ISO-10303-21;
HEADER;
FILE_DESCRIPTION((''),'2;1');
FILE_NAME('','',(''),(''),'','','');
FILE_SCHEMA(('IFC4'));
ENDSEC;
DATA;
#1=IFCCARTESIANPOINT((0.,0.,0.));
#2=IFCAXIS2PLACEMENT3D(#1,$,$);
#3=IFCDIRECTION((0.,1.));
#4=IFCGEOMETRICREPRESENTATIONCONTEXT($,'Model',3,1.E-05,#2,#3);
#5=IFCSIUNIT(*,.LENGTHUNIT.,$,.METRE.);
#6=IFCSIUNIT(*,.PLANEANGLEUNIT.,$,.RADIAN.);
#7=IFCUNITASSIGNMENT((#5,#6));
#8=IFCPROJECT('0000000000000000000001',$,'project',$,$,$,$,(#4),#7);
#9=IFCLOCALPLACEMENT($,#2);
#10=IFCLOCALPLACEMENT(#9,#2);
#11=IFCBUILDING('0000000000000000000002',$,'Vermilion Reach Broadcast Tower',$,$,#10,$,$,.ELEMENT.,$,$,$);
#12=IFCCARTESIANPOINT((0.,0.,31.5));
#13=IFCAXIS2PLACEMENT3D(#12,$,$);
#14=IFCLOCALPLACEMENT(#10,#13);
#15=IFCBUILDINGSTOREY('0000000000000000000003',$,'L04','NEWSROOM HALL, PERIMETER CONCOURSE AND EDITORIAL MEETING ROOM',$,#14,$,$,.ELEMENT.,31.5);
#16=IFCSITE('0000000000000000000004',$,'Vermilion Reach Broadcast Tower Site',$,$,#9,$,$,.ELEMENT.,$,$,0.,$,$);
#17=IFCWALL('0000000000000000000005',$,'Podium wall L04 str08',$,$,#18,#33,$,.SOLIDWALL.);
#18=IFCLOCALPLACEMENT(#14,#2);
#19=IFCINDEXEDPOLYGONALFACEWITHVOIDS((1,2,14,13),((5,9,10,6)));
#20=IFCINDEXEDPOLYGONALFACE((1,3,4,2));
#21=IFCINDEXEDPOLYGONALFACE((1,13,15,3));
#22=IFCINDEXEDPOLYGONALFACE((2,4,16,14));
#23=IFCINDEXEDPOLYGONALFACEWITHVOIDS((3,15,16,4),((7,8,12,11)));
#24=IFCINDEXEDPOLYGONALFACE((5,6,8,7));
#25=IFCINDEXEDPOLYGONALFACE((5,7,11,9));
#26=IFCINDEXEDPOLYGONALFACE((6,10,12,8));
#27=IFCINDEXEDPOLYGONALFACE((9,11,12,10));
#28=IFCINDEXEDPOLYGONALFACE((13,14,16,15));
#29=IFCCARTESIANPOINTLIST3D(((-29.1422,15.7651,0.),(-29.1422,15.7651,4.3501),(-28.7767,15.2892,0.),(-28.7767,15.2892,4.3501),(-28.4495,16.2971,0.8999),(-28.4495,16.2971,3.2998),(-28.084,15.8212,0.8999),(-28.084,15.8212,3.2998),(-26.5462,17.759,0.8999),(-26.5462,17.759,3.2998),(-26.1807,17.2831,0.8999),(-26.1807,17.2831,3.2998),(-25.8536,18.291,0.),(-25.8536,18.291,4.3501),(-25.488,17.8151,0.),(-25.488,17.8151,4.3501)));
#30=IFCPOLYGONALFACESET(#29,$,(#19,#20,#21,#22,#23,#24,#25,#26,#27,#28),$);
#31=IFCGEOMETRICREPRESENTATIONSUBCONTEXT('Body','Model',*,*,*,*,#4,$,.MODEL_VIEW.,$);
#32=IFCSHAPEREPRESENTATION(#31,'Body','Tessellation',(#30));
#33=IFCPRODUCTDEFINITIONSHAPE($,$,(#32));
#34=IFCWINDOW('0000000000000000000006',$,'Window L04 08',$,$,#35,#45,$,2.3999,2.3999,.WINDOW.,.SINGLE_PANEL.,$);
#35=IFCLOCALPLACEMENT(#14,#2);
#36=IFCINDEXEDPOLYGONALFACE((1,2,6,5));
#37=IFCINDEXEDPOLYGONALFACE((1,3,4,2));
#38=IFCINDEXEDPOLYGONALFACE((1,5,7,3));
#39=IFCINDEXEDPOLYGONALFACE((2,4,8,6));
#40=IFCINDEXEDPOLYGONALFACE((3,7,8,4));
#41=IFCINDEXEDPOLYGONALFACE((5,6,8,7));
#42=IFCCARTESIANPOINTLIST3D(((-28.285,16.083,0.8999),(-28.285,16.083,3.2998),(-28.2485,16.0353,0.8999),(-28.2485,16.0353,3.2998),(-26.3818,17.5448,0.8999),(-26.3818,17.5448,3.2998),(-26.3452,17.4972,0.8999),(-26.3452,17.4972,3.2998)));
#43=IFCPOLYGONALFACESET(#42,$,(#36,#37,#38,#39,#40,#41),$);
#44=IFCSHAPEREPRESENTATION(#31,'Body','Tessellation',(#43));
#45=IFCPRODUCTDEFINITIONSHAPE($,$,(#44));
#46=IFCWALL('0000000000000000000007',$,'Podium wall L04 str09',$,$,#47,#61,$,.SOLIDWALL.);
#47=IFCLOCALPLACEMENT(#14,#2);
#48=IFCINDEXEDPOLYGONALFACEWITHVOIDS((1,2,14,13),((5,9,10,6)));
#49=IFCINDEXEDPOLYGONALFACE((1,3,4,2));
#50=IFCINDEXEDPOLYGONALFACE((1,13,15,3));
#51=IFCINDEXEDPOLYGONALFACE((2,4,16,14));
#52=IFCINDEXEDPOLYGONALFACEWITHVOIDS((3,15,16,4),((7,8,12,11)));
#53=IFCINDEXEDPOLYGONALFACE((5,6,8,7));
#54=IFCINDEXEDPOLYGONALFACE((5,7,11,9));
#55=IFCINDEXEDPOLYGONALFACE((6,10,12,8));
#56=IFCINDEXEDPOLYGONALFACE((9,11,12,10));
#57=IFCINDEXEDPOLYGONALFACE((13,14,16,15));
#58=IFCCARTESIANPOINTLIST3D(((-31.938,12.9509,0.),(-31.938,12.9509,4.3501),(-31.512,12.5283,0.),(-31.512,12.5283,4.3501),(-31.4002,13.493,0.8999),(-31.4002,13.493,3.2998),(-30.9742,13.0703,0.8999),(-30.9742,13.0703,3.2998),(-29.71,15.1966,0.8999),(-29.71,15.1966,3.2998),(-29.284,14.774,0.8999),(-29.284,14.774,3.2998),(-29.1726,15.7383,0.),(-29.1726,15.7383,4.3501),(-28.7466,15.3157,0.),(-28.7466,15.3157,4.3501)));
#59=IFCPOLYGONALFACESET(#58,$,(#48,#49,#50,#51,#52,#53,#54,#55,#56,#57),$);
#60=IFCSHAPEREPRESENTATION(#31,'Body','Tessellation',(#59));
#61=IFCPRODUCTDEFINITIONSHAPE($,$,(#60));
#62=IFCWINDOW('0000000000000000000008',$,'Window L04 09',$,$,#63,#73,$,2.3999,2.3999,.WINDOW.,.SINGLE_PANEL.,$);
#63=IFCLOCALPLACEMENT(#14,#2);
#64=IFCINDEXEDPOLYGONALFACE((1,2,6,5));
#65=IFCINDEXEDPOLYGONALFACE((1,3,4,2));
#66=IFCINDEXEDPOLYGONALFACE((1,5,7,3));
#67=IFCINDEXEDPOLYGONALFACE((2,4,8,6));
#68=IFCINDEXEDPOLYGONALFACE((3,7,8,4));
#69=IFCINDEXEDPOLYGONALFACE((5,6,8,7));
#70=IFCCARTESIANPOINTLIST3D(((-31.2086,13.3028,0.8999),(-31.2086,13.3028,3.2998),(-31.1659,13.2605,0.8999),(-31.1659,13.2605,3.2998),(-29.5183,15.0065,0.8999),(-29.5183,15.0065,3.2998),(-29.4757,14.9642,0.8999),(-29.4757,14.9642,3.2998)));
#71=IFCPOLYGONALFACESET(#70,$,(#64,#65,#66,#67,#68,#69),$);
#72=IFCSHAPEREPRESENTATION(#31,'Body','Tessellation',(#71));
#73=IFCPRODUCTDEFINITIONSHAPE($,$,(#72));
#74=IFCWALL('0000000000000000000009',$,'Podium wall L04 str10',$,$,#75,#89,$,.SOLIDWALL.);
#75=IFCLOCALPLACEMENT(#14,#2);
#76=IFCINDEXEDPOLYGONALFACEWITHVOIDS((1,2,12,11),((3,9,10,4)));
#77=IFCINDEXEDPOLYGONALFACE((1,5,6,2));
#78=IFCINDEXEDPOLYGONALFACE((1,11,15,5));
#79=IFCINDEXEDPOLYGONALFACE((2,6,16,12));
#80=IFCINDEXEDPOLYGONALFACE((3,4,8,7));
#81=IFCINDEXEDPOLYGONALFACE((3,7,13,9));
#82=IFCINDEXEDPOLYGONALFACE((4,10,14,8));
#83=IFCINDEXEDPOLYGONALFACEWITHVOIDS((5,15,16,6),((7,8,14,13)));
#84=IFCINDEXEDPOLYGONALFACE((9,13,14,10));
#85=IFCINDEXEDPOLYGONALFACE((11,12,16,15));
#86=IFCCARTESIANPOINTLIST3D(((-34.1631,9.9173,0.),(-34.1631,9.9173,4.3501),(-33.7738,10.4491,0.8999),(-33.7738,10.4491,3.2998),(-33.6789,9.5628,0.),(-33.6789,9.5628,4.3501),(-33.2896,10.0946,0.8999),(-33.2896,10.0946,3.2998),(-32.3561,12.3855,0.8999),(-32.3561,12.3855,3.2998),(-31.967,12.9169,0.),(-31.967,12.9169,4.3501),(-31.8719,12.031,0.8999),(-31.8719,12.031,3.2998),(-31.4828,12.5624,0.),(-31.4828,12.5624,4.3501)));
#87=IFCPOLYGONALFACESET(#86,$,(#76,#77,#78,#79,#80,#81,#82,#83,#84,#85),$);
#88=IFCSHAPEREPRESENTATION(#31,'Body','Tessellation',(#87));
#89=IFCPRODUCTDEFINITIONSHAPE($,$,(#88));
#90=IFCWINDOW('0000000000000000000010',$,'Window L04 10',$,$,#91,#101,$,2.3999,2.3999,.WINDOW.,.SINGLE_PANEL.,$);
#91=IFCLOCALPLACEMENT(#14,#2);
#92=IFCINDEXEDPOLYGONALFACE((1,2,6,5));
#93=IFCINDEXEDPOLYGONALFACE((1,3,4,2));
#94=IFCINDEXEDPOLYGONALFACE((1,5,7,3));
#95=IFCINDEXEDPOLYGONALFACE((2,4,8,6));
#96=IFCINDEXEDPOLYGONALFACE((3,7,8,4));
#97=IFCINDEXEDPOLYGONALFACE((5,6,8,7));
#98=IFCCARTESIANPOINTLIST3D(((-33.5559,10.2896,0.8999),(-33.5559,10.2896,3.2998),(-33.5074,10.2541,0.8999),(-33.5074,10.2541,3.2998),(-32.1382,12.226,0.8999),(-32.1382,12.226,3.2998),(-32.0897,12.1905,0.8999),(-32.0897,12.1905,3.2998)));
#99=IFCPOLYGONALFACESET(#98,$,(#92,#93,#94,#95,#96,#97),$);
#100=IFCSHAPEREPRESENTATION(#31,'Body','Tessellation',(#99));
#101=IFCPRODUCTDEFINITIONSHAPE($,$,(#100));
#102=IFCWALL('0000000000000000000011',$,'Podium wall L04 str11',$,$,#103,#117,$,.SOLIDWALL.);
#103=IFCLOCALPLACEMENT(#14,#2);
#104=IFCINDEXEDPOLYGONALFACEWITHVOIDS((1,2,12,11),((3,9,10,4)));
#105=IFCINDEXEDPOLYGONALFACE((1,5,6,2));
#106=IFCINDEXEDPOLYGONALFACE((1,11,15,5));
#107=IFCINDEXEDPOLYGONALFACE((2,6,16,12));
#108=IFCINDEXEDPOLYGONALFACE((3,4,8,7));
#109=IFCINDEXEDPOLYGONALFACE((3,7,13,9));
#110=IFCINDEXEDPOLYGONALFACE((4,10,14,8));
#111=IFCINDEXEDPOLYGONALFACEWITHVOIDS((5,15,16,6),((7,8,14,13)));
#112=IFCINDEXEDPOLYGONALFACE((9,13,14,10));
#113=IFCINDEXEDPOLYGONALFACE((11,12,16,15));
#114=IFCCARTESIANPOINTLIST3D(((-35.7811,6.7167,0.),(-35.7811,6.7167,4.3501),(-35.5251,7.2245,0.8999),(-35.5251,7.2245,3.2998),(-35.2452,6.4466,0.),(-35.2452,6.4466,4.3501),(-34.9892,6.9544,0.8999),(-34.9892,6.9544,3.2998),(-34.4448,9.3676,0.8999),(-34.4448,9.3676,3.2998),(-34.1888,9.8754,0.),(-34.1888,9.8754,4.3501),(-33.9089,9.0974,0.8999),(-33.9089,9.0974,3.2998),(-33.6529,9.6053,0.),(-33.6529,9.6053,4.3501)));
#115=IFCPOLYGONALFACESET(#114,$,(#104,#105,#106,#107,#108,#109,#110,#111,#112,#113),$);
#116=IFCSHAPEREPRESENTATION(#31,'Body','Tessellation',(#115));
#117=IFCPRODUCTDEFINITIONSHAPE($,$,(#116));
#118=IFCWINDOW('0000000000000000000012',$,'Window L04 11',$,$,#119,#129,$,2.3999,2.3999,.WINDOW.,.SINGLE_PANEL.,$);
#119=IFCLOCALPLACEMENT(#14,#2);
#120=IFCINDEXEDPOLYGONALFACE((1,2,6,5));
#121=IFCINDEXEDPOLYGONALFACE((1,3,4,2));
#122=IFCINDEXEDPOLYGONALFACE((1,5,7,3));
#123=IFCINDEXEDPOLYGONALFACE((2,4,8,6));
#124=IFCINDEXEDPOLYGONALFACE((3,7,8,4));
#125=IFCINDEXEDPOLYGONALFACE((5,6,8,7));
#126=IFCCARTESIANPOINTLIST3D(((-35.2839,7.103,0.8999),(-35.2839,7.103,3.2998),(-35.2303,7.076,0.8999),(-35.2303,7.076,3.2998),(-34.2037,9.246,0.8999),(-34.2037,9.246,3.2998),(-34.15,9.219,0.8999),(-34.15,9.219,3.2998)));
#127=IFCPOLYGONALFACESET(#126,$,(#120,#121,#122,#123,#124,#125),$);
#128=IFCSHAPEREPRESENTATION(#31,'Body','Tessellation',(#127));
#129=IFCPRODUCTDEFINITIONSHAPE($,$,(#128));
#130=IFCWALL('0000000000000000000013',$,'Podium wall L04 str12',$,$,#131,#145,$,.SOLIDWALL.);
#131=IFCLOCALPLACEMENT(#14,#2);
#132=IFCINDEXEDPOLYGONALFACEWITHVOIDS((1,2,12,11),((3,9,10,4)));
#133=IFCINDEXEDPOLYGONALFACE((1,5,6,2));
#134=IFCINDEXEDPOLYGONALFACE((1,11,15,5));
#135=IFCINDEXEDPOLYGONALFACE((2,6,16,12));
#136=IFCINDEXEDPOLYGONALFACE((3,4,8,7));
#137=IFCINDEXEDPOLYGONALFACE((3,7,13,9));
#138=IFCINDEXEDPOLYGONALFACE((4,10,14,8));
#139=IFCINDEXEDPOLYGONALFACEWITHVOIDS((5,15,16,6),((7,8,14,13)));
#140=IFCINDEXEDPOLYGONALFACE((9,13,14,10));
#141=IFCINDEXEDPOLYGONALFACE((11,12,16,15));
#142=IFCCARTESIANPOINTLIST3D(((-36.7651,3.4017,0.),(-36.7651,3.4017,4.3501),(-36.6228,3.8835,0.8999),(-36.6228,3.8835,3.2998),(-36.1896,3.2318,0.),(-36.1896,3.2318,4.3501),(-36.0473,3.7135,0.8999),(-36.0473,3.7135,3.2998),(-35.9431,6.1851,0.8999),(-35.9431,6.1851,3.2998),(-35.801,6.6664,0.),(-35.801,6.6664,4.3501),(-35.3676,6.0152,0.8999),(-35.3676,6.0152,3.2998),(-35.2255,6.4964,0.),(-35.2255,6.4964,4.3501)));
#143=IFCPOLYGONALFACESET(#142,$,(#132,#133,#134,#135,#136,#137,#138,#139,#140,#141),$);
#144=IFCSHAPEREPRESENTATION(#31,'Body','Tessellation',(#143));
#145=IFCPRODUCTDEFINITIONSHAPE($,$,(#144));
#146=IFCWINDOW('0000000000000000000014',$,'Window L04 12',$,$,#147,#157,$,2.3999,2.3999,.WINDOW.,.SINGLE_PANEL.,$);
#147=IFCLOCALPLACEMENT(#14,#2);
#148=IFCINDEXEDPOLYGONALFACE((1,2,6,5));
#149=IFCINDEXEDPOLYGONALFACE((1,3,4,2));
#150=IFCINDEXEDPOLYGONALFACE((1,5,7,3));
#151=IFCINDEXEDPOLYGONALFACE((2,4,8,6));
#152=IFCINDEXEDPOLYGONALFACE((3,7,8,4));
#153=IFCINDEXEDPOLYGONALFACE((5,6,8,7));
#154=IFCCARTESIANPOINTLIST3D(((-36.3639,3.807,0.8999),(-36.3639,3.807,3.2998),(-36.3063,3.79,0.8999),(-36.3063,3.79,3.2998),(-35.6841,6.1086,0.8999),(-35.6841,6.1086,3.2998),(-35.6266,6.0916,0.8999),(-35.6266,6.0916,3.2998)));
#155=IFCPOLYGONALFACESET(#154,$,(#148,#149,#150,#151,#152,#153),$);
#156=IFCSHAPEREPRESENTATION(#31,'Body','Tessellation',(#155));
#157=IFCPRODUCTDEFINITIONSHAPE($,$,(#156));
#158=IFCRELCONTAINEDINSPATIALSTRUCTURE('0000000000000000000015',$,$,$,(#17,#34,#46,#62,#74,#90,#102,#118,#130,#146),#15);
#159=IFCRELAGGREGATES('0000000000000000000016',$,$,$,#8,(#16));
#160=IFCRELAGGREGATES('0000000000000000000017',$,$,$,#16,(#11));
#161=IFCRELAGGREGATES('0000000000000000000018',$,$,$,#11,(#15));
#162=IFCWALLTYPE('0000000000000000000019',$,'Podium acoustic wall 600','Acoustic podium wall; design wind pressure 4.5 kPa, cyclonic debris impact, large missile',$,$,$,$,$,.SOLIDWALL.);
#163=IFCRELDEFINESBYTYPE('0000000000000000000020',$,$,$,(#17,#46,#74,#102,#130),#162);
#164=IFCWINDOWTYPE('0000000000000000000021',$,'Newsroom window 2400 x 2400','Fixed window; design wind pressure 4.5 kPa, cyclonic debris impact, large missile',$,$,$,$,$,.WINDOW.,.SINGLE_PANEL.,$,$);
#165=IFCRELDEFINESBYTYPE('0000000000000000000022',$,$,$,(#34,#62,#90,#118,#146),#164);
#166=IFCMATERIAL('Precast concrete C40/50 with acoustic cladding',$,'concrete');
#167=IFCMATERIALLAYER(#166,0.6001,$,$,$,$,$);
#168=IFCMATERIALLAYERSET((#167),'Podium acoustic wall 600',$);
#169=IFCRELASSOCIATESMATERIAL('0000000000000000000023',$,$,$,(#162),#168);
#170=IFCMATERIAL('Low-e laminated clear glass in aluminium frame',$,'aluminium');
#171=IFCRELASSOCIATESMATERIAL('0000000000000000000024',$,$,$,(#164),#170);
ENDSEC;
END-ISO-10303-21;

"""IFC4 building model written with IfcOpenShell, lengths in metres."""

from ifc_helpers import new_model, si_unit, direction, frame, frame_2d, origin, place, context, subcontext, project, spatial, rectangle, extrude, material, layer, layer_set, type_object, element, fill, save


model = new_model("IFC4")

# Units and contexts
model_context = context("Model", 3, precision=1e-05, world=origin(), true_north=direction((0.0, 1.0)))
body_context = subcontext(model_context, "Body", "Model", "MODEL_VIEW")
ifc_project = project(units=[si_unit("LENGTHUNIT", "METRE"), si_unit("PLANEANGLEUNIT", "RADIAN")], contexts=[model_context])

# Site, building, storey
site_placement = place(None, origin())
site = spatial("IfcSite", under=ifc_project, at=site_placement, Name="Vermilion Reach Broadcast Tower Site", CompositionType="ELEMENT", RefElevation=0.0)
building_placement = place(site_placement, origin())
building = spatial("IfcBuilding", under=site, at=building_placement, Name="Vermilion Reach Broadcast Tower", CompositionType="ELEMENT")
storey_placement = place(building_placement, frame((0.0, 0.0, 31.5)))
storey = spatial("IfcBuildingStorey", under=building, at=storey_placement, Name="L04", Description="NEWSROOM HALL, PERIMETER CONCOURSE AND EDITORIAL MEETING ROOM", CompositionType="ELEMENT", Elevation=31.5)

# Walls, openings, windows
ifc_material_1 = material(Name="Precast concrete C40/50 with acoustic cladding", Category="concrete")
ifc_layer_1 = layer(ifc_material_1, 0.6001)
ifc_layer_set_1 = layer_set([ifc_layer_1], Name="Podium acoustic wall 600")
wall_type_1 = type_object("IfcWallType", Name="Podium acoustic wall 600", Description="Acoustic podium wall; design wind pressure 4.5 kPa, cyclonic debris impact, large missile", PredefinedType="SOLIDWALL", material=ifc_layer_set_1)
wall_1_placement = place(storey_placement, frame((-25.6709, 18.053, 0.0), z_axis=(0.0, 0.0, 1.0), x_axis=(-0.793066, -0.609136, 0.0)))
wall_1 = element("IfcWall", 1, at=wall_1_placement, inside=storey, type_object=wall_type_1, Name="Podium wall L04 str08", PredefinedType="SOLIDWALL", context=body_context, shape_type="SweptSolid", body=[
    extrude(rectangle(XDim=4.1467, YDim=0.6001, at=frame_2d((2.0732, 0.0))), origin(), (0.0, 0.0, 1.0), 4.3501),
])
opening_1_placement = place(wall_1_placement, frame((0.8733, 0.0, 0.8999)))
opening_1 = element("IfcOpeningElement", 2, at=opening_1_placement, cuts=wall_1, PredefinedType="OPENING", context=body_context, shape_type="SweptSolid", body=[
    extrude(rectangle(XDim=2.3999, YDim=2.3999, at=frame_2d((1.2, 1.2))), frame((0.0, 0.3101, 0.0), z_axis=(0.0, -1.0, 0.0), x_axis=(1.0, 0.0, 0.0)), (0.0, 0.0, 1.0), 0.6201),
])
ifc_material_2 = material(Name="Low-e laminated clear glass in aluminium frame", Category="aluminium")
window_type = type_object("IfcWindowType", Name="Newsroom window 2400 x 2400", Description="Fixed window; design wind pressure 4.5 kPa, cyclonic debris impact, large missile", PartitioningType="SINGLE_PANEL", PredefinedType="WINDOW", material=ifc_material_2)
window_1_placement = place(opening_1_placement, origin())
window_1 = element("IfcWindow", 3, at=window_1_placement, inside=storey, type_object=window_type, Name="Window L04 08", OverallHeight=2.3999, OverallWidth=2.3999, PartitioningType="SINGLE_PANEL", PredefinedType="WINDOW", context=body_context, shape_type="SweptSolid", body=[
    extrude(rectangle(XDim=2.3999, YDim=2.3999, at=frame_2d((1.2, 1.2))), frame((0.0, 0.03, 0.0), z_axis=(0.0, -1.0, 0.0), x_axis=(1.0, 0.0, 0.0)), (0.0, 0.0, 1.0), 0.0601),
])
fill(opening_1, window_1)
wall_2_placement = place(storey_placement, frame((-28.9595, 15.5271, 0.0), z_axis=(0.0, 0.0, 1.0), x_axis=(-0.704303, -0.709899, 0.0)))
wall_2 = element("IfcWall", 4, at=wall_2_placement, inside=storey, type_object=wall_type_1, Name="Podium wall L04 str09", PredefinedType="SOLIDWALL", context=body_context, shape_type="SweptSolid", body=[
    extrude(rectangle(XDim=3.9265, YDim=0.6001, at=frame_2d((1.9634, 0.0))), origin(), (0.0, 0.0, 1.0), 4.3501),
])
opening_2_placement = place(wall_2_placement, frame((0.7632, 0.0, 0.8999)))
opening_2 = element("IfcOpeningElement", 5, at=opening_2_placement, cuts=wall_2, PredefinedType="OPENING", context=body_context, shape_type="SweptSolid", body=[
    extrude(rectangle(XDim=2.3999, YDim=2.3999, at=frame_2d((1.2, 1.2))), frame((0.0, 0.3101, 0.0), z_axis=(0.0, -1.0, 0.0), x_axis=(1.0, 0.0, 0.0)), (0.0, 0.0, 1.0), 0.6201),
])
window_2_placement = place(opening_2_placement, origin())
window_2 = element("IfcWindow", 6, at=window_2_placement, inside=storey, type_object=window_type, Name="Window L04 09", OverallHeight=2.3999, OverallWidth=2.3999, PartitioningType="SINGLE_PANEL", PredefinedType="WINDOW", context=body_context, shape_type="SweptSolid", body=[
    extrude(rectangle(XDim=2.3999, YDim=2.3999, at=frame_2d((1.2, 1.2))), frame((0.0, 0.03, 0.0), z_axis=(0.0, -1.0, 0.0), x_axis=(1.0, 0.0, 0.0)), (0.0, 0.0, 1.0), 0.0601),
])
fill(opening_2, window_2)
wall_3_placement = place(storey_placement, frame((-31.7249, 12.7397, 0.0), z_axis=(0.0, 0.0, 1.0), x_axis=(-0.590734, -0.806866, 0.0)))
wall_3 = element("IfcWall", 7, at=wall_3_placement, inside=storey, type_object=wall_type_1, Name="Podium wall L04 str10", PredefinedType="SOLIDWALL", context=body_context, shape_type="SweptSolid", body=[
    extrude(rectangle(XDim=3.7175, YDim=0.6001, at=frame_2d((1.8589, 0.0))), origin(), (0.0, 0.0, 1.0), 4.3501),
])
opening_3_placement = place(wall_3_placement, frame((0.6587, 0.0, 0.8999)))
opening_3 = element("IfcOpeningElement", 8, at=opening_3_placement, cuts=wall_3, PredefinedType="OPENING", context=body_context, shape_type="SweptSolid", body=[
    extrude(rectangle(XDim=2.3999, YDim=2.3999, at=frame_2d((1.2, 1.2))), frame((0.0, 0.3101, 0.0), z_axis=(0.0, -1.0, 0.0), x_axis=(1.0, 0.0, 0.0)), (0.0, 0.0, 1.0), 0.6201),
])
window_3_placement = place(opening_3_placement, origin())
window_3 = element("IfcWindow", 9, at=window_3_placement, inside=storey, type_object=window_type, Name="Window L04 10", OverallHeight=2.3999, OverallWidth=2.3999, PartitioningType="SINGLE_PANEL", PredefinedType="WINDOW", context=body_context, shape_type="SweptSolid", body=[
    extrude(rectangle(XDim=2.3999, YDim=2.3999, at=frame_2d((1.2, 1.2))), frame((0.0, 0.03, 0.0), z_axis=(0.0, -1.0, 0.0), x_axis=(1.0, 0.0, 0.0)), (0.0, 0.0, 1.0), 0.0601),
])
fill(opening_3, window_3)
wall_4_placement = place(storey_placement, frame((-33.9209, 9.7402, 0.0), z_axis=(0.0, 0.0, 1.0), x_axis=(-0.450138, -0.892959, 0.0)))
wall_4 = element("IfcWall", 10, at=wall_4_placement, inside=storey, type_object=wall_type_1, Name="Podium wall L04 str11", PredefinedType="SOLIDWALL", context=body_context, shape_type="SweptSolid", body=[
    extrude(rectangle(XDim=3.5374, YDim=0.6001, at=frame_2d((1.7686, 0.0))), origin(), (0.0, 0.0, 1.0), 4.3501),
])
opening_4_placement = place(wall_4_placement, frame((0.5686, 0.0, 0.8999)))
opening_4 = element("IfcOpeningElement", 11, at=opening_4_placement, cuts=wall_4, PredefinedType="OPENING", context=body_context, shape_type="SweptSolid", body=[
    extrude(rectangle(XDim=2.3999, YDim=2.3999, at=frame_2d((1.2, 1.2))), frame((0.0, 0.3101, 0.0), z_axis=(0.0, -1.0, 0.0), x_axis=(1.0, 0.0, 0.0)), (0.0, 0.0, 1.0), 0.6201),
])
window_4_placement = place(opening_4_placement, origin())
window_4 = element("IfcWindow", 12, at=window_4_placement, inside=storey, type_object=window_type, Name="Window L04 11", OverallHeight=2.3999, OverallWidth=2.3999, PartitioningType="SINGLE_PANEL", PredefinedType="WINDOW", context=body_context, shape_type="SweptSolid", body=[
    extrude(rectangle(XDim=2.3999, YDim=2.3999, at=frame_2d((1.2, 1.2))), frame((0.0, 0.03, 0.0), z_axis=(0.0, -1.0, 0.0), x_axis=(1.0, 0.0, 0.0)), (0.0, 0.0, 1.0), 0.0601),
])
fill(opening_4, window_4)
wall_5_placement = place(storey_placement, frame((-35.5132, 6.5815, 0.0), z_axis=(0.0, 0.0, 1.0), x_axis=(-0.283226, -0.959053, 0.0)))
wall_5 = element("IfcWall", 13, at=wall_5_placement, inside=storey, type_object=wall_type_1, Name="Podium wall L04 str12", PredefinedType="SOLIDWALL", context=body_context, shape_type="SweptSolid", body=[
    extrude(rectangle(XDim=3.4041, YDim=0.6001, at=frame_2d((1.7021, 0.0))), origin(), (0.0, 0.0, 1.0), 4.3501),
])
opening_5_placement = place(wall_5_placement, frame((0.502, 0.0, 0.8999)))
opening_5 = element("IfcOpeningElement", 14, at=opening_5_placement, cuts=wall_5, PredefinedType="OPENING", context=body_context, shape_type="SweptSolid", body=[
    extrude(rectangle(XDim=2.3999, YDim=2.3999, at=frame_2d((1.2, 1.2))), frame((0.0, 0.3101, 0.0), z_axis=(0.0, -1.0, 0.0), x_axis=(1.0, 0.0, 0.0)), (0.0, 0.0, 1.0), 0.6201),
])
window_5_placement = place(opening_5_placement, origin())
window_5 = element("IfcWindow", 15, at=window_5_placement, inside=storey, type_object=window_type, Name="Window L04 12", OverallHeight=2.3999, OverallWidth=2.3999, PartitioningType="SINGLE_PANEL", PredefinedType="WINDOW", context=body_context, shape_type="SweptSolid", body=[
    extrude(rectangle(XDim=2.3999, YDim=2.3999, at=frame_2d((1.2, 1.2))), frame((0.0, 0.03, 0.0), z_axis=(0.0, -1.0, 0.0), x_axis=(1.0, 0.0, 0.0)), (0.0, 0.0, 1.0), 0.0601),
])
fill(opening_5, window_5)

save(model, "model.ifc")
